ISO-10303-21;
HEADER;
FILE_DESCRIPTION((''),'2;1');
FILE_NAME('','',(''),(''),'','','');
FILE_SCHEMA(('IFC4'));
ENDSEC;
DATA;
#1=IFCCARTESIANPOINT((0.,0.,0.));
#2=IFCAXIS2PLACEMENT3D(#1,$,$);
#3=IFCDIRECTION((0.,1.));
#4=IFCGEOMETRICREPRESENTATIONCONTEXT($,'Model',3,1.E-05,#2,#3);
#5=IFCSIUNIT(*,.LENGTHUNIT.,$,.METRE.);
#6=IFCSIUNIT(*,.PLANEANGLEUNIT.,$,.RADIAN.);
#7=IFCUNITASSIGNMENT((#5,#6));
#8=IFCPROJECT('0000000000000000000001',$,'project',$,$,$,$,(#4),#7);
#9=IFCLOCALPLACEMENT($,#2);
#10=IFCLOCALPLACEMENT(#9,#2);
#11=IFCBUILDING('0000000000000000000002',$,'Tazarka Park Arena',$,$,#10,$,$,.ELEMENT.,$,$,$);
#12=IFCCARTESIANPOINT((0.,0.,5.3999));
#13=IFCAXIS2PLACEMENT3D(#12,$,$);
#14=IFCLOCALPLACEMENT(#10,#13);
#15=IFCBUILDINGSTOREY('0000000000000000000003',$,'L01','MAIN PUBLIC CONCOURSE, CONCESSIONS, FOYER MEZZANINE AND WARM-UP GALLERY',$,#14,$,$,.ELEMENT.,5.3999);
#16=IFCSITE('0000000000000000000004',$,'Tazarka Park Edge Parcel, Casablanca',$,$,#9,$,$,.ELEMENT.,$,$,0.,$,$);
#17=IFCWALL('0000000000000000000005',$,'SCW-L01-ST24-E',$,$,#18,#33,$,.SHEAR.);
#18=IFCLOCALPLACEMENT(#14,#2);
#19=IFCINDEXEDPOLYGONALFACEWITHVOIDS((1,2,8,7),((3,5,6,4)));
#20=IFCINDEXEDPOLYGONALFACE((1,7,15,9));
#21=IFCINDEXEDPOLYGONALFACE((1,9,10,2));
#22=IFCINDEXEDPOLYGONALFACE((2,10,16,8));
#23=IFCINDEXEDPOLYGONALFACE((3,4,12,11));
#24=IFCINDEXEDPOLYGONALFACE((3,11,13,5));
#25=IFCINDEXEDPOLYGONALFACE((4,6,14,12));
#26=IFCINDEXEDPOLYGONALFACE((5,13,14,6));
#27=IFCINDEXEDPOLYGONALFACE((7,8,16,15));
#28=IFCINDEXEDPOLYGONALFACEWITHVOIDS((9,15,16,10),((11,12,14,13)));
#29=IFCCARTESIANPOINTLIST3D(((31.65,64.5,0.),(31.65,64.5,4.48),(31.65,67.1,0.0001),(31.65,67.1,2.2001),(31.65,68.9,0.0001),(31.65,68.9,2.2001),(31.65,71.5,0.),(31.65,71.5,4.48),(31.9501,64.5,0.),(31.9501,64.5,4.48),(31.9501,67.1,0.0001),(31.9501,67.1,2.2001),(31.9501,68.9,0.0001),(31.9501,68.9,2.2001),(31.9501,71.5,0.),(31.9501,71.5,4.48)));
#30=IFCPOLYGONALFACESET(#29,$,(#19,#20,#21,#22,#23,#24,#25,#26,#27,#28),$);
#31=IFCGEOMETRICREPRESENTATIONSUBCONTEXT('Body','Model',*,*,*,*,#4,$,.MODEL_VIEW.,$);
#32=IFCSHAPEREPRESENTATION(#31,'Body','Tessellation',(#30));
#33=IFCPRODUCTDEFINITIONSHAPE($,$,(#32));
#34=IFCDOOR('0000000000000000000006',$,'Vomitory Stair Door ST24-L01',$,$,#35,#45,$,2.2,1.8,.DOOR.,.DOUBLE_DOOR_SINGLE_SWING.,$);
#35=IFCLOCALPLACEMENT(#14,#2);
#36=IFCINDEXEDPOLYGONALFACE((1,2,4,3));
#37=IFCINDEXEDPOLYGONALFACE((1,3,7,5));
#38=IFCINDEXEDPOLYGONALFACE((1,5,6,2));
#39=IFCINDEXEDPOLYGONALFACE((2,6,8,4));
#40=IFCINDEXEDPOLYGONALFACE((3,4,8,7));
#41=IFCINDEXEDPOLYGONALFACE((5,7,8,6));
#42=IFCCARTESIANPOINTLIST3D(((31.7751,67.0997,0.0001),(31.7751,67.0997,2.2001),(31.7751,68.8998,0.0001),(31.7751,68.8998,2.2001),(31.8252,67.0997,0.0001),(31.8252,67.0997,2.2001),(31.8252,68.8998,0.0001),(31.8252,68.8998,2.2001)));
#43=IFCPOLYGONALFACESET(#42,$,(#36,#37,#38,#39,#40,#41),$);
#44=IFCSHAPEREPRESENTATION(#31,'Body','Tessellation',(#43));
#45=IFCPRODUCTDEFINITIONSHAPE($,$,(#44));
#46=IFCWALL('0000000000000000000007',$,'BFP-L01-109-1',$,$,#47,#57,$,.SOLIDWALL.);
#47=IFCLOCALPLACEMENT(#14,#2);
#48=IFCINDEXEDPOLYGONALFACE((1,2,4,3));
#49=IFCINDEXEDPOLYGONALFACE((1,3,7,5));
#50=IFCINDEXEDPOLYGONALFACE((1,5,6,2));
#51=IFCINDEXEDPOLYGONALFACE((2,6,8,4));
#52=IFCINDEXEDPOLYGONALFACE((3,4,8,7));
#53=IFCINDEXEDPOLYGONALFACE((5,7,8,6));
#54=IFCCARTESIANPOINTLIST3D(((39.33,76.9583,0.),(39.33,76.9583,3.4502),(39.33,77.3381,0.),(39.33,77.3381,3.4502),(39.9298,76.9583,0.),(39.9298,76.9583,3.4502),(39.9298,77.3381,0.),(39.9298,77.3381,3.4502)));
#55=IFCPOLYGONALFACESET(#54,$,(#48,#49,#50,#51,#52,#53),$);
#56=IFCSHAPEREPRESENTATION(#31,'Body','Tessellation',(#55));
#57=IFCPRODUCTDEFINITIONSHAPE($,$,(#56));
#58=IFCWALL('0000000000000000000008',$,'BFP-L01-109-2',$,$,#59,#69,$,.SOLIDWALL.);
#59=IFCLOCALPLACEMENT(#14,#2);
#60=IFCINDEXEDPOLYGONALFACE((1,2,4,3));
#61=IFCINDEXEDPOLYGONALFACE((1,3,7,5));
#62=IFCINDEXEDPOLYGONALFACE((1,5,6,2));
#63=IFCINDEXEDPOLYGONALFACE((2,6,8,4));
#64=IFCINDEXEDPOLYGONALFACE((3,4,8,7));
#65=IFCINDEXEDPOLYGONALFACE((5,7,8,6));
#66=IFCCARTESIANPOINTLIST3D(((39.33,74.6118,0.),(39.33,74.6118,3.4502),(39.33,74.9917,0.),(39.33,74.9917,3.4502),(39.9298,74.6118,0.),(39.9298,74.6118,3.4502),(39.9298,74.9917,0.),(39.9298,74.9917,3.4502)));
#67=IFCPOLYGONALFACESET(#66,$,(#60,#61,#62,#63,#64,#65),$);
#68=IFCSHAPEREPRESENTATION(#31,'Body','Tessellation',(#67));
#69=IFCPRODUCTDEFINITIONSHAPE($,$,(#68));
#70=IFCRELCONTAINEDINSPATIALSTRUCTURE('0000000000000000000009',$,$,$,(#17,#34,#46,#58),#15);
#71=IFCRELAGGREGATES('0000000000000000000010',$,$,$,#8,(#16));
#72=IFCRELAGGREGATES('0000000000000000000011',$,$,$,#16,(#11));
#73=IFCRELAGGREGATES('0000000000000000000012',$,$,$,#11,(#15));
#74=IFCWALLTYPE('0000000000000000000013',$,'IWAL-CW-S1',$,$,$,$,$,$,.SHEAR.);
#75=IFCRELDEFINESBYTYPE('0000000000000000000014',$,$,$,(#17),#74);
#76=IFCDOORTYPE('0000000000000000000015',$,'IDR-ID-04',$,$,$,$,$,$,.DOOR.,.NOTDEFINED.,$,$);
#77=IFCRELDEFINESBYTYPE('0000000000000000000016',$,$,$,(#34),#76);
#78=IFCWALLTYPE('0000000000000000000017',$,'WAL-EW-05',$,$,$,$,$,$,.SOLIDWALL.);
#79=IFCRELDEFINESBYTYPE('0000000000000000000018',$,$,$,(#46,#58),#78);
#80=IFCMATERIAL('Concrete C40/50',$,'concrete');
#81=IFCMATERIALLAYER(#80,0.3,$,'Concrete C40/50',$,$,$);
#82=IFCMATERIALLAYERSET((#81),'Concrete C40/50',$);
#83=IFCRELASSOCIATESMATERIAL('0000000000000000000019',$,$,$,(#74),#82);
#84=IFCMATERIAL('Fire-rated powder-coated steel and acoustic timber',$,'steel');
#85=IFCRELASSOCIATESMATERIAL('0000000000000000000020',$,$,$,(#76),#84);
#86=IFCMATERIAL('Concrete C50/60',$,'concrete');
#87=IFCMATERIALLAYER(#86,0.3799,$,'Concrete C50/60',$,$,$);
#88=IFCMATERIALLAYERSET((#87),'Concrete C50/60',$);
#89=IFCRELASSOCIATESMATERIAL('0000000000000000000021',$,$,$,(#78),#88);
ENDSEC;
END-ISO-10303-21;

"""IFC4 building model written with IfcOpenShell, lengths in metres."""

from ifc_helpers import new_model, si_unit, direction, frame, frame_2d, origin, place, context, subcontext, project, spatial, rectangle, extrude, material, layer, layer_set, type_object, element, fill, save


model = new_model("IFC4")

# Units and contexts
model_context = context("Model", 3, precision=1e-05, world=origin(), true_north=direction((0.0, 1.0)))
body_context = subcontext(model_context, "Body", "Model", "MODEL_VIEW")
ifc_project = project(units=[si_unit("LENGTHUNIT", "METRE"), si_unit("PLANEANGLEUNIT", "RADIAN")], contexts=[model_context])

# Site, building, storey
site_placement = place(None, origin())
site = spatial("IfcSite", under=ifc_project, at=site_placement, Name="Tazarka Park Edge Parcel, Casablanca", CompositionType="ELEMENT", RefElevation=0.0)
building_placement = place(site_placement, origin())
building = spatial("IfcBuilding", under=site, at=building_placement, Name="Tazarka Park Arena", CompositionType="ELEMENT")
storey_placement = place(building_placement, frame((0.0, 0.0, 5.3999)))
storey = spatial("IfcBuildingStorey", under=building, at=storey_placement, Name="L01", Description="MAIN PUBLIC CONCOURSE, CONCESSIONS, FOYER MEZZANINE AND WARM-UP GALLERY", CompositionType="ELEMENT", Elevation=5.3999)

# Shared definitions
ifc_material_1 = material(Name="Concrete C40/50", Category="concrete")
ifc_layer_1 = layer(ifc_material_1, 0.3, Name="Concrete C40/50")
ifc_layer_set_1 = layer_set([ifc_layer_1], Name="Concrete C40/50")
wall_type_1 = type_object("IfcWallType", Name="IWAL-CW-S1", PredefinedType="SHEAR", material=ifc_layer_set_1)

# Wall, opening, door
wall_1_placement = place(storey_placement, frame((31.8, 71.5, 0.0), z_axis=(0.0, 0.0, 1.0), x_axis=(0.0, -1.0, 0.0)))
wall_1 = element("IfcWall", 1, at=wall_1_placement, inside=storey, type_object=wall_type_1, Name="SCW-L01-ST24-E", PredefinedType="SHEAR", context=body_context, shape_type="SweptSolid", body=[
    extrude(rectangle(XDim=7.0, YDim=0.3, at=frame_2d((3.5, 0.0))), origin(), (0.0, 0.0, 1.0), 4.48),
])
opening_1_placement = place(wall_1_placement, frame((2.6001, 0.0, 0.0)))
opening_1 = element("IfcOpeningElement", 2, at=opening_1_placement, cuts=wall_1, PredefinedType="OPENING", context=body_context, shape_type="SweptSolid", body=[
    extrude(rectangle(XDim=1.8, YDim=2.2, at=frame_2d((0.8999, 1.1001))), frame((0.0, 0.1602, 0.0), z_axis=(0.0, -1.0, 0.0), x_axis=(1.0, 0.0, 0.0)), (0.0, 0.0, 1.0), 0.3201),
])
ifc_material_2 = material(Name="Fire-rated powder-coated steel and acoustic timber", Category="steel")
door_type_1 = type_object("IfcDoorType", Name="IDR-ID-04", OperationType="NOTDEFINED", PredefinedType="DOOR", material=ifc_material_2)
door_1_placement = place(opening_1_placement, frame((1.8, 0.0, 0.0), z_axis=(0.0, 0.0, 1.0), x_axis=(-1.0, 0.0, 0.0)))
door_1 = element("IfcDoor", 3, at=door_1_placement, inside=storey, type_object=door_type_1, Name="Vomitory Stair Door ST24-L01", OperationType="DOUBLE_DOOR_SINGLE_SWING", OverallHeight=2.2, OverallWidth=1.8, PredefinedType="DOOR", context=body_context, shape_type="SweptSolid", body=[
    extrude(rectangle(XDim=1.8, YDim=2.2, at=frame_2d((0.8999, 1.1001))), frame((0.0, 0.0249, 0.0), z_axis=(0.0, -1.0, 0.0), x_axis=(1.0, 0.0, 0.0)), (0.0, 0.0, 1.0), 0.05),
])
fill(opening_1, door_1)

# Walls
ifc_material_3 = material(Name="Concrete C50/60", Category="concrete")
ifc_layer_2 = layer(ifc_material_3, 0.3799, Name="Concrete C50/60")
ifc_layer_set_2 = layer_set([ifc_layer_2], Name="Concrete C50/60")
wall_type_2 = type_object("IfcWallType", Name="WAL-EW-05", PredefinedType="SOLIDWALL", material=ifc_layer_set_2)
for number, where, z_axis, x_axis, name in (
    (4, (39.3301, 77.1482, 0.0), (0.0, 0.0, 1.0), (1.0, 0.0, 0.0), "BFP-L01-109-1"),
    (5, (39.3301, 74.8018, 0.0), (0.0, 0.0, 1.0), (1.0, 0.0, 0.0), "BFP-L01-109-2"),
):
    element("IfcWall", number, at=place(storey_placement, frame(where, z_axis=z_axis, x_axis=x_axis)), inside=storey, type_object=wall_type_2, Name=name, PredefinedType="SOLIDWALL", context=body_context, shape_type="SweptSolid", body=[
        extrude(rectangle(XDim=0.5999, YDim=0.3799, at=frame_2d((0.2998, 0.0))), origin(), (0.0, 0.0, 1.0), 3.4502),
    ])

save(model, "model.ifc")
